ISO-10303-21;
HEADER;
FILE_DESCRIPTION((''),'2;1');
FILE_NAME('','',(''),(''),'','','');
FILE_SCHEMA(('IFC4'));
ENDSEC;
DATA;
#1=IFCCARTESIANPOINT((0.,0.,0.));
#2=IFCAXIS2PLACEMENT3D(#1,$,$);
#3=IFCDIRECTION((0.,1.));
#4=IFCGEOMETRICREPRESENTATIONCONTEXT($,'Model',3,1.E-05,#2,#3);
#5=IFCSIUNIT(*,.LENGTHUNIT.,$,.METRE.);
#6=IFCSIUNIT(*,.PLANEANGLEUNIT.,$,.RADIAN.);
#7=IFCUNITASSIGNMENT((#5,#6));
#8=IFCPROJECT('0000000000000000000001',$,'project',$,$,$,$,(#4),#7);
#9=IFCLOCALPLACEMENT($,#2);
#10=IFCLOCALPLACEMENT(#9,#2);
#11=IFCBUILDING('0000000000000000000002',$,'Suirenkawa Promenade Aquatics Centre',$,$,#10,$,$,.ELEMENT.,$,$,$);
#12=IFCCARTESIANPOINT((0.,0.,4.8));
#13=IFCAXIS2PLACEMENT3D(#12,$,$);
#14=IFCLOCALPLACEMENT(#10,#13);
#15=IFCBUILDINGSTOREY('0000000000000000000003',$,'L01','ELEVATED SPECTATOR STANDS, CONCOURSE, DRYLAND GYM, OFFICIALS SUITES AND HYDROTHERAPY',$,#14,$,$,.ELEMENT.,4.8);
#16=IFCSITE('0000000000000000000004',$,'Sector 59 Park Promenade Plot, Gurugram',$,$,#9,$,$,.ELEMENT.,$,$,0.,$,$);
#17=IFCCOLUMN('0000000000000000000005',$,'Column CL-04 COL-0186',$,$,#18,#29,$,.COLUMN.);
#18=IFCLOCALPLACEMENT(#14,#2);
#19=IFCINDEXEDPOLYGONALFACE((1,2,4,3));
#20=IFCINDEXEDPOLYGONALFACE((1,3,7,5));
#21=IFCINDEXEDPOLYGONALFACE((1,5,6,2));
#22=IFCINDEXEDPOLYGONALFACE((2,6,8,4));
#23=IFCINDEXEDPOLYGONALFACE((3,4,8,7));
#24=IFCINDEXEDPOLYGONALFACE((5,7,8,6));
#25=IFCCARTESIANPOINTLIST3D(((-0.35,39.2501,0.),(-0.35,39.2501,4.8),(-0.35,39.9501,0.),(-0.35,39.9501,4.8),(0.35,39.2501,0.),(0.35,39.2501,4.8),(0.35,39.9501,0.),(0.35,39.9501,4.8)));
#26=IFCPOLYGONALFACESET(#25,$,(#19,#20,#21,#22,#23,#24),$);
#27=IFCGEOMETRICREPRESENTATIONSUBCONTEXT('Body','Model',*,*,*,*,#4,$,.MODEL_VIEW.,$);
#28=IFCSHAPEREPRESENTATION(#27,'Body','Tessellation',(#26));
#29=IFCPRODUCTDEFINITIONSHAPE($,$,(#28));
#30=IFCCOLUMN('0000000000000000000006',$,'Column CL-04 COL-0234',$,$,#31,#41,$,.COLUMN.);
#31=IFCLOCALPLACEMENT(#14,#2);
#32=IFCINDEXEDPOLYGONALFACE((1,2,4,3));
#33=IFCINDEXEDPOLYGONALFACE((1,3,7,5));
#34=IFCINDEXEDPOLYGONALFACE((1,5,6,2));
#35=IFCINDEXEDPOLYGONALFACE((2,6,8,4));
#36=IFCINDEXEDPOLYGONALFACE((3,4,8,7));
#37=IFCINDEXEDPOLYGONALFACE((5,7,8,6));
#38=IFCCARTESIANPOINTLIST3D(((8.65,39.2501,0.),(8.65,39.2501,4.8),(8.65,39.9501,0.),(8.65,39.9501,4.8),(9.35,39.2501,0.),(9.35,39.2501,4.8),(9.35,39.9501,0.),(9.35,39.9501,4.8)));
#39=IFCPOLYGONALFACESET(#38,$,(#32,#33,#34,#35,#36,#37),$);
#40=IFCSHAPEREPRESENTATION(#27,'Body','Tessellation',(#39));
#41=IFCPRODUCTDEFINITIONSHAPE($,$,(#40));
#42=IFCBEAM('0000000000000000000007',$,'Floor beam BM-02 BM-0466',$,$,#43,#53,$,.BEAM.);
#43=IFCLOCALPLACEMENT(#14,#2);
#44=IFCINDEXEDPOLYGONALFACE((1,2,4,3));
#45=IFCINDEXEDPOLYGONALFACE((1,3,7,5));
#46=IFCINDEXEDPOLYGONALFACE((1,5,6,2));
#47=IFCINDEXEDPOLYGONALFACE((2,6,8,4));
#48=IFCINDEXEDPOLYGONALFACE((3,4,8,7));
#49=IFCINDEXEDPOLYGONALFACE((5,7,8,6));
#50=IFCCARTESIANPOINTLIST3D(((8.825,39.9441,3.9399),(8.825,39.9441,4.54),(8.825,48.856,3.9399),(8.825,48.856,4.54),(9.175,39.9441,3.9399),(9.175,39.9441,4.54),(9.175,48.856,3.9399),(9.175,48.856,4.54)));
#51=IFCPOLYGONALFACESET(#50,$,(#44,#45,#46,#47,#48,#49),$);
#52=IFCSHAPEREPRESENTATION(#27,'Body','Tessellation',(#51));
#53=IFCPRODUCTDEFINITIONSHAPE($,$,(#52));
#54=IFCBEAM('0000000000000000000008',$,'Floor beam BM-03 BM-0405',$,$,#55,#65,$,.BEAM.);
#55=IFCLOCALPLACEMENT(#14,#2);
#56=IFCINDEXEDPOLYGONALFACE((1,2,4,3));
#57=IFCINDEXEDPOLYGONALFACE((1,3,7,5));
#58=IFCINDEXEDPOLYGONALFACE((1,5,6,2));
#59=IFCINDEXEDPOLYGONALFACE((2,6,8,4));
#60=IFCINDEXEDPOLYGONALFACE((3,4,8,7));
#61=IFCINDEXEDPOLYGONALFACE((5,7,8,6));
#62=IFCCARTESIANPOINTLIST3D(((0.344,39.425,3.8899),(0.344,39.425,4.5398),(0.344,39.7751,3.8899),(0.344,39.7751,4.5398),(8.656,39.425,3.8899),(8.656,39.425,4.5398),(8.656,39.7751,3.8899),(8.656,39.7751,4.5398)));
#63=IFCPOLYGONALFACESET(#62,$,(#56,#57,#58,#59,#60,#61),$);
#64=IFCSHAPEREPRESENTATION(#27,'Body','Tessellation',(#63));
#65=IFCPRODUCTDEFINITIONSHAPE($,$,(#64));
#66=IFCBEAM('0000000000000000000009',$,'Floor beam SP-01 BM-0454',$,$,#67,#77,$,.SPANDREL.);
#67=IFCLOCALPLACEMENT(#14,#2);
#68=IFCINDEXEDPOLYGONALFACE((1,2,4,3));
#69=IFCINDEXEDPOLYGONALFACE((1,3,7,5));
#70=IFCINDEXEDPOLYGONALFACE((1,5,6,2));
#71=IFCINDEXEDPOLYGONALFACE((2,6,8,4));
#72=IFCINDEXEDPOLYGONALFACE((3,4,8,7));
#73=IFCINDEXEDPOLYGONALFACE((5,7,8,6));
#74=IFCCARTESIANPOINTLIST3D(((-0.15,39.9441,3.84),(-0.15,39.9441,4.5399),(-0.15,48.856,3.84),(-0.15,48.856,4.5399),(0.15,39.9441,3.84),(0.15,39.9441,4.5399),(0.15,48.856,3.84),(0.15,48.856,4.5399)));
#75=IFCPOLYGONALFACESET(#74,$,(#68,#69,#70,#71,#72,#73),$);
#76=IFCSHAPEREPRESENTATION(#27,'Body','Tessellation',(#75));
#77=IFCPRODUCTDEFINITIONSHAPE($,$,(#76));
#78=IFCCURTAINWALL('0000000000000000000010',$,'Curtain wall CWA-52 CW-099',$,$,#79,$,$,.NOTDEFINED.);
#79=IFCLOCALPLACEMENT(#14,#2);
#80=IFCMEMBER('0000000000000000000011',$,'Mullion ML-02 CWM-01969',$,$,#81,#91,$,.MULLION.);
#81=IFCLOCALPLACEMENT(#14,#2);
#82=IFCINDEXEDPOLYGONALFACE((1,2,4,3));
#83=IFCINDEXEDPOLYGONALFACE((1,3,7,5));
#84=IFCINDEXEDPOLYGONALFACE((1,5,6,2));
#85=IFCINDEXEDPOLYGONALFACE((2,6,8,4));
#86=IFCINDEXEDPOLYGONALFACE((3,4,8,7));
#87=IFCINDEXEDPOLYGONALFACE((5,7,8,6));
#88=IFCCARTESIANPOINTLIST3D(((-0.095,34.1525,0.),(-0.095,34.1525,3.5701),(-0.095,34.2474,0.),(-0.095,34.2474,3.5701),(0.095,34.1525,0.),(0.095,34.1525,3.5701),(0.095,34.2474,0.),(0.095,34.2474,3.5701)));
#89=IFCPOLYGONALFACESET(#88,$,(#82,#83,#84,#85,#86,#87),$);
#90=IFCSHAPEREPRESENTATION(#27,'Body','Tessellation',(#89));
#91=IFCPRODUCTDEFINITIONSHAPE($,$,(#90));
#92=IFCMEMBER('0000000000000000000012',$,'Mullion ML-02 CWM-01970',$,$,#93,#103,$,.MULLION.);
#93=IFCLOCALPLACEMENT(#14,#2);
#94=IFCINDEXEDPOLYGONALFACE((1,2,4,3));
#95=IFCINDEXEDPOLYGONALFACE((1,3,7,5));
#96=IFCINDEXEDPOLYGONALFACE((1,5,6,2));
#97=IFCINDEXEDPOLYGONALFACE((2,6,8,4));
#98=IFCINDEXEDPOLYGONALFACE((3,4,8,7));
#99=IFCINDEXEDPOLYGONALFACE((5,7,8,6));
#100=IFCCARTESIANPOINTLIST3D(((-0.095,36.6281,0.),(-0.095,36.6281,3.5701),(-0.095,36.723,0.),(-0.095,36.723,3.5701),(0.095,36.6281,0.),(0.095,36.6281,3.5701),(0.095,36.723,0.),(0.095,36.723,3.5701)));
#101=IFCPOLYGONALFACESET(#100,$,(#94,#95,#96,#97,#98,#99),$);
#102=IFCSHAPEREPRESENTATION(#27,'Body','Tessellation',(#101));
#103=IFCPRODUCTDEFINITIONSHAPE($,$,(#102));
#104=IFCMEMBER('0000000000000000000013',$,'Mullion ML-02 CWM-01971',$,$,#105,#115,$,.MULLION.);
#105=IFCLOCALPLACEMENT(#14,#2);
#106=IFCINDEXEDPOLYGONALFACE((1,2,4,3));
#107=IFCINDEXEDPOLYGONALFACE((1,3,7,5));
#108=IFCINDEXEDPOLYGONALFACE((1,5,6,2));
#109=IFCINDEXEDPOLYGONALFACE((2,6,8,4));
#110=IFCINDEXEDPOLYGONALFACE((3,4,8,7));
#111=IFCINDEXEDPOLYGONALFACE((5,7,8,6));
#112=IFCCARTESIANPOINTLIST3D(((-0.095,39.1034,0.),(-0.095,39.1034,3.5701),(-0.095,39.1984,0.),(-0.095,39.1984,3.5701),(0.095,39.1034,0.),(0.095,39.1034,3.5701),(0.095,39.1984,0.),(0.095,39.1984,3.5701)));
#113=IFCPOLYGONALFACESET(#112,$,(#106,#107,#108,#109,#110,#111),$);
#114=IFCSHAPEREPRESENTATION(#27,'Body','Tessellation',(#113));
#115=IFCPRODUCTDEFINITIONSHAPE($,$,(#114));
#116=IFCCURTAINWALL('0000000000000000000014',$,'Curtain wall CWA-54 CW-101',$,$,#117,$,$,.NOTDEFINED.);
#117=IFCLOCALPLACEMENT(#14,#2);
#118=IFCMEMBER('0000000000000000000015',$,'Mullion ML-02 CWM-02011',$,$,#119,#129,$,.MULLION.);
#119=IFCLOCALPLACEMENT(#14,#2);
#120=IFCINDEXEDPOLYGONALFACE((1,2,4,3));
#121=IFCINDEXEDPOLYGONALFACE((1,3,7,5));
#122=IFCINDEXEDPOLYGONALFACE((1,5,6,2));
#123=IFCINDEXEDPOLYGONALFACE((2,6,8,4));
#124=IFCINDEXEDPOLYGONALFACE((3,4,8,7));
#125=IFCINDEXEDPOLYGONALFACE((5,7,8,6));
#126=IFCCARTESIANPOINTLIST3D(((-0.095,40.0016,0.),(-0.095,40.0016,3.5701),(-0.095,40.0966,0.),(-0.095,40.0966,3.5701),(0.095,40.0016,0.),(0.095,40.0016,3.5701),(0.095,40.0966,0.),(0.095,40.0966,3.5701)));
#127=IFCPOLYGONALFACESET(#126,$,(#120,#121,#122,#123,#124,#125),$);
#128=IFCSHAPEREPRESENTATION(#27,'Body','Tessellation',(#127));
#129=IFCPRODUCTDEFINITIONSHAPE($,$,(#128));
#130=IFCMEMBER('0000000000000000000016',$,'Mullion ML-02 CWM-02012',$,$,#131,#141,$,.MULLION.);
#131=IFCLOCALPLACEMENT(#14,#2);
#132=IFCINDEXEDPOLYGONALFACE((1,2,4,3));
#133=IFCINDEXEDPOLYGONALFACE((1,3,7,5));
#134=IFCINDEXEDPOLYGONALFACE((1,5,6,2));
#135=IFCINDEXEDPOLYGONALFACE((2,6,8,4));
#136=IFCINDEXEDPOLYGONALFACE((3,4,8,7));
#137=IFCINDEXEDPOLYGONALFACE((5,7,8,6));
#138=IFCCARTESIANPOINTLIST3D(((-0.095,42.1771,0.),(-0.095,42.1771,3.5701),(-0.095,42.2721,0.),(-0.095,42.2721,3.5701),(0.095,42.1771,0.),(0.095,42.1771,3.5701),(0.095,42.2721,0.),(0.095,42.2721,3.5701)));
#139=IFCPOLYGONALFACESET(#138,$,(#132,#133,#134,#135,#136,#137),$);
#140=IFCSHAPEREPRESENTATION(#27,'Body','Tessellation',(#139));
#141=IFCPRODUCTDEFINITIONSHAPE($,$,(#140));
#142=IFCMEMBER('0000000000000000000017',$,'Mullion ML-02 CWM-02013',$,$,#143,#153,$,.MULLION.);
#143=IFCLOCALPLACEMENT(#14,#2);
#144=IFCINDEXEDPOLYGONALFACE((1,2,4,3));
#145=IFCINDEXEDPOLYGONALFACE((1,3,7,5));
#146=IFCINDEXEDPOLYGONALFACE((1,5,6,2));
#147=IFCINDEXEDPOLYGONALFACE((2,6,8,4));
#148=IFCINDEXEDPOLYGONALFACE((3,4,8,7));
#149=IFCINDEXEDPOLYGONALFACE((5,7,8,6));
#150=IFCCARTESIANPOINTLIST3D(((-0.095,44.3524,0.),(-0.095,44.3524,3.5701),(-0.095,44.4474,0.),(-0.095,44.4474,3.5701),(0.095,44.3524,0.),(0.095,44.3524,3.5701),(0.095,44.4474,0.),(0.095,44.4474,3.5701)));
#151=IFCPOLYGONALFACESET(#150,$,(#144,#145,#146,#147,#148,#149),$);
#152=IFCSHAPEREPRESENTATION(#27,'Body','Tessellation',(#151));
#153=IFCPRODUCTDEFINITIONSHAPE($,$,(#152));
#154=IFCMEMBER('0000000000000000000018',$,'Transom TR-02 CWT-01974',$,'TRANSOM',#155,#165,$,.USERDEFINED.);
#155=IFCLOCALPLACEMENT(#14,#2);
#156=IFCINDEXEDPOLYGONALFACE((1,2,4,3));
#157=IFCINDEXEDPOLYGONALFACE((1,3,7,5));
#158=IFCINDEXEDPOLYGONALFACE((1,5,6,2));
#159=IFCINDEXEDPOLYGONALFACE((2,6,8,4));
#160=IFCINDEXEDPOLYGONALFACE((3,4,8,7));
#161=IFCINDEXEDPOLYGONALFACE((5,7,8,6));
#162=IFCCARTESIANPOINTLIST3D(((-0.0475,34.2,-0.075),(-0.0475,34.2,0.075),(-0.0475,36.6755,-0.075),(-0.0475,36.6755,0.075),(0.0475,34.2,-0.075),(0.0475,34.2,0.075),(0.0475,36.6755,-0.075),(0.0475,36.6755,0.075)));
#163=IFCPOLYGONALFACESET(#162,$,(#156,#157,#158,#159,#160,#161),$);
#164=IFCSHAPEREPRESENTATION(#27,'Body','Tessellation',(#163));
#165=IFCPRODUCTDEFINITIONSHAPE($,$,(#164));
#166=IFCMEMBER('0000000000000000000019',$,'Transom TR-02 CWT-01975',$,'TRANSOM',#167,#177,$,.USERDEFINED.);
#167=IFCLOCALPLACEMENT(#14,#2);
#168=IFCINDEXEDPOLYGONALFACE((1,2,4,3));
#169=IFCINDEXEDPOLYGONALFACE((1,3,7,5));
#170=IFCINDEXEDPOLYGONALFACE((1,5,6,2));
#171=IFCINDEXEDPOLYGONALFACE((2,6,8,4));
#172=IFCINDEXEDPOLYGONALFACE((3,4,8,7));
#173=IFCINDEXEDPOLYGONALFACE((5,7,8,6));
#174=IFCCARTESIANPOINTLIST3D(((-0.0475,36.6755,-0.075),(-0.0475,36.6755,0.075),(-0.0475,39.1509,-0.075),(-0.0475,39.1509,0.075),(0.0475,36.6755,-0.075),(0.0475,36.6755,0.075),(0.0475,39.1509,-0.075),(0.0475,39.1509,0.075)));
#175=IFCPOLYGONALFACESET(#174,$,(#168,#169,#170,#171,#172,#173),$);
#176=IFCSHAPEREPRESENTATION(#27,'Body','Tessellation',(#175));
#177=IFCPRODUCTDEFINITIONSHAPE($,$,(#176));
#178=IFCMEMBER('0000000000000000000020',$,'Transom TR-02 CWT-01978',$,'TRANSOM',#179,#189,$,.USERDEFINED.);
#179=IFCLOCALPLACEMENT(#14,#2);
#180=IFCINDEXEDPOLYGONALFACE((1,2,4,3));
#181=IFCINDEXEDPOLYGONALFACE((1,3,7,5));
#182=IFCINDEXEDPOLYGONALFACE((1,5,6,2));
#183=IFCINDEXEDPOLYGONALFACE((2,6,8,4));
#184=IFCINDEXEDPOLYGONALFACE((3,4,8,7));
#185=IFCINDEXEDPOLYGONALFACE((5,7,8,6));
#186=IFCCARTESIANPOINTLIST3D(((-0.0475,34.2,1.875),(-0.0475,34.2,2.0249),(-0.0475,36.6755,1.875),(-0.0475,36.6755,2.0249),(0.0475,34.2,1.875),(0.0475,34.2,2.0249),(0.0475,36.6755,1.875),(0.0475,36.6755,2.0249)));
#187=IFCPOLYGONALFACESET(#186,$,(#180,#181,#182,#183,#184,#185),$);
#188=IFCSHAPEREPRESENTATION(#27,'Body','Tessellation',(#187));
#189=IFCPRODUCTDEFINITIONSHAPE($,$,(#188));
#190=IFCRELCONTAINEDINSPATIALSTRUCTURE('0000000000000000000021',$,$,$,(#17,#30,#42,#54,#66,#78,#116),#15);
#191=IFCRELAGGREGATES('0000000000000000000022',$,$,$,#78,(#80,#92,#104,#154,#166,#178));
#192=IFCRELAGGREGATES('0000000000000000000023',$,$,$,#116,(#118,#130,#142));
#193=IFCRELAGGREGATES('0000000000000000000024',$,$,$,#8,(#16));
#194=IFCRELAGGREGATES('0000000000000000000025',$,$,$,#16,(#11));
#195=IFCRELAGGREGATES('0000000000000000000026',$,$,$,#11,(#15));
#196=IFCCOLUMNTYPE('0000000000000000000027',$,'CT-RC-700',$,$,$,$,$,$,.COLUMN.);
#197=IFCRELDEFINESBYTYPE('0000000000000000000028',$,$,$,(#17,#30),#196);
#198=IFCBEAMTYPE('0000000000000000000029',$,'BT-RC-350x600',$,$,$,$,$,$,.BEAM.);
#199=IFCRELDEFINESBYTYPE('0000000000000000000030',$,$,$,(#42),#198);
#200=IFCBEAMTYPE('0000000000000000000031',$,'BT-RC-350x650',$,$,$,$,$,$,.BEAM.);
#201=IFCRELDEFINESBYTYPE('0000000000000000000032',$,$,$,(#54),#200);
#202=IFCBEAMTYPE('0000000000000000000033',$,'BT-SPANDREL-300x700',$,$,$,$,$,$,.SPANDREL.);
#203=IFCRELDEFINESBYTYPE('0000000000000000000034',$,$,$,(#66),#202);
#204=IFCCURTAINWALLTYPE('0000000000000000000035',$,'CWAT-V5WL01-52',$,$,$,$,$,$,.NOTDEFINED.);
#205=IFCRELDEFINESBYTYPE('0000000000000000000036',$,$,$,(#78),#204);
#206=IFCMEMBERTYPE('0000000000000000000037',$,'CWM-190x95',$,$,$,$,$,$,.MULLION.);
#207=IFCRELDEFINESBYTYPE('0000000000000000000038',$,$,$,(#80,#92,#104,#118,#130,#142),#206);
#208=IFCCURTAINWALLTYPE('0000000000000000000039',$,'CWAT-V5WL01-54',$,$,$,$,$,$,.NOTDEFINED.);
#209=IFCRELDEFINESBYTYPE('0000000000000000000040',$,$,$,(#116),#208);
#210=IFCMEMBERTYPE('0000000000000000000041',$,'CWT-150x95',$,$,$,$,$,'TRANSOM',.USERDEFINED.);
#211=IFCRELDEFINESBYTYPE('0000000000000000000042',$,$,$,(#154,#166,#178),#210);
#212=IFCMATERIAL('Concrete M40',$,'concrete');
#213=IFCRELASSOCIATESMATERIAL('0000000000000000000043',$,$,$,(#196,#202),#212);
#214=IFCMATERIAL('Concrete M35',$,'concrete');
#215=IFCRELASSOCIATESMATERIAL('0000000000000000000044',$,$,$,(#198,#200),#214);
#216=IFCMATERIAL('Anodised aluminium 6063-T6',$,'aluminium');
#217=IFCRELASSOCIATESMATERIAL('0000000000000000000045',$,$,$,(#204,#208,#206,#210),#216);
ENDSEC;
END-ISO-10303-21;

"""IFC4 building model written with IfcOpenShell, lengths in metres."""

from ifc_helpers import new_model, si_unit, direction, frame, origin, origin_2d, place, context, subcontext, project, spatial, rectangle, extrude, material, material_profile, profile_set, type_object, element, aggregate, save


model = new_model("IFC4")

# Units and contexts
model_context = context("Model", 3, precision=1e-05, world=origin(), true_north=direction((0.0, 1.0)))
body_context = subcontext(model_context, "Body", "Model", "MODEL_VIEW")
ifc_project = project(units=[si_unit("LENGTHUNIT", "METRE"), si_unit("PLANEANGLEUNIT", "RADIAN")], contexts=[model_context])

# Site, building, storey
site_placement = place(None, origin())
site = spatial("IfcSite", under=ifc_project, at=site_placement, Name="Sector 59 Park Promenade Plot, Gurugram", CompositionType="ELEMENT", RefElevation=0.0)
building_placement = place(site_placement, origin())
building = spatial("IfcBuilding", under=site, at=building_placement, Name="Suirenkawa Promenade Aquatics Centre", CompositionType="ELEMENT")
storey_placement = place(building_placement, frame((0.0, 0.0, 4.8)))
storey = spatial("IfcBuildingStorey", under=building, at=storey_placement, Name="L01", Description="ELEVATED SPECTATOR STANDS, CONCOURSE, DRYLAND GYM, OFFICIALS SUITES AND HYDROTHERAPY", CompositionType="ELEMENT", Elevation=4.8)

# Columns
ifc_material_1 = material(Name="Concrete M40", Category="concrete")
ifc_material_profile_1 = material_profile(ifc_material_1, rectangle(XDim=0.7, YDim=0.7, at=origin_2d()), Name="RC COL 700x700", Category="concrete")
ifc_profile_set_1 = profile_set([ifc_material_profile_1], Name="Concrete M40")
column_type = type_object("IfcColumnType", Name="CT-RC-700", PredefinedType="COLUMN", material=ifc_profile_set_1)
for number, where, z_axis, x_axis, name in (
    (1, (0.0, 39.6001, 0.0), (0.0, 0.0, 1.0), (1.0, 0.0, 0.0), "Column CL-04 COL-0186"),
    (2, (9.0, 39.6001, 0.0), (0.0, 0.0, 1.0), (1.0, 0.0, 0.0), "Column CL-04 COL-0234"),
):
    element("IfcColumn", number, at=place(storey_placement, frame(where, z_axis=z_axis, x_axis=x_axis)), inside=storey, type_object=column_type, Name=name, PredefinedType="COLUMN", context=body_context, shape_type="SweptSolid", body=[
        extrude(rectangle(XDim=0.7, YDim=0.7, at=origin_2d()), origin(), (0.0, 0.0, 1.0), 4.8),
    ])

# Beams
ifc_material_2 = material(Name="Concrete M35", Category="concrete")
ifc_material_profile_2 = material_profile(ifc_material_2, rectangle(XDim=0.3501, YDim=0.6001, at=origin_2d()), Name="RC BM 350x600", Category="concrete")
ifc_profile_set_2 = profile_set([ifc_material_profile_2], Name="Concrete M35")
beam_type_1 = type_object("IfcBeamType", Name="BT-RC-350x600", PredefinedType="BEAM", material=ifc_profile_set_2)
beam_1_placement = place(storey_placement, frame((9.0, 39.9441, 4.24), z_axis=(0.0, 1.0, 0.0), x_axis=(-1.0, 0.0, 0.0)))
element("IfcBeam", 3, at=beam_1_placement, inside=storey, type_object=beam_type_1, Name="Floor beam BM-02 BM-0466", PredefinedType="BEAM", context=body_context, shape_type="SweptSolid", body=[
    extrude(rectangle(XDim=0.3501, YDim=0.6001, at=origin_2d()), origin(), (0.0, 0.0, 1.0), 8.9119),
])
ifc_material_profile_3 = material_profile(ifc_material_2, rectangle(XDim=0.3501, YDim=0.6499, at=origin_2d()), Name="RC BM 350x650", Category="concrete")
ifc_profile_set_3 = profile_set([ifc_material_profile_3], Name="Concrete M35")
beam_type_2 = type_object("IfcBeamType", Name="BT-RC-350x650", PredefinedType="BEAM", material=ifc_profile_set_3)
beam_2_placement = place(storey_placement, frame((0.344, 39.6001, 4.2148), z_axis=(1.0, 0.0, 0.0), x_axis=(0.0, 1.0, 0.0)))
element("IfcBeam", 4, at=beam_2_placement, inside=storey, type_object=beam_type_2, Name="Floor beam BM-03 BM-0405", PredefinedType="BEAM", context=body_context, shape_type="SweptSolid", body=[
    extrude(rectangle(XDim=0.3501, YDim=0.6499, at=origin_2d()), origin(), (0.0, 0.0, 1.0), 8.312),
])
ifc_material_profile_4 = material_profile(ifc_material_1, rectangle(XDim=0.3, YDim=0.7, at=origin_2d()), Name="RC SPANDREL 300x700", Category="concrete")
ifc_profile_set_4 = profile_set([ifc_material_profile_4], Name="Concrete M40")
beam_type_3 = type_object("IfcBeamType", Name="BT-SPANDREL-300x700", PredefinedType="SPANDREL", material=ifc_profile_set_4)
beam_3_placement = place(storey_placement, frame((0.0, 39.9441, 4.1899), z_axis=(0.0, 1.0, 0.0), x_axis=(-1.0, 0.0, 0.0)))
element("IfcBeam", 5, at=beam_3_placement, inside=storey, type_object=beam_type_3, Name="Floor beam SP-01 BM-0454", PredefinedType="SPANDREL", context=body_context, shape_type="SweptSolid", body=[
    extrude(rectangle(XDim=0.3, YDim=0.7, at=origin_2d()), origin(), (0.0, 0.0, 1.0), 8.9119),
])

# Curtain walls, members
ifc_material_3 = material(Name="Anodised aluminium 6063-T6", Category="aluminium")
curtain_wall_type_1 = type_object("IfcCurtainWallType", Name="CWAT-V5WL01-52", PredefinedType="NOTDEFINED", material=ifc_material_3)
curtain_wall_1_placement = place(storey_placement, origin())
curtain_wall_1 = element("IfcCurtainWall", 6, at=curtain_wall_1_placement, inside=storey, type_object=curtain_wall_type_1, Name="Curtain wall CWA-52 CW-099", PredefinedType="NOTDEFINED")
ifc_material_profile_5 = material_profile(ifc_material_3, rectangle(XDim=0.095, YDim=0.1899, at=origin_2d()), Name="ALU MULL 95x190", Category="aluminium")
ifc_profile_set_5 = profile_set([ifc_material_profile_5], Name="Anodised aluminium 6063-T6")
member_type_1 = type_object("IfcMemberType", Name="CWM-190x95", PredefinedType="MULLION", material=ifc_profile_set_5)
member_1_placement = place(storey_placement, frame((0.0, 34.2, 0.0), z_axis=(0.0, 0.0, 1.0), x_axis=(0.0, 1.0, 0.0)))
member_1 = element("IfcMember", 7, at=member_1_placement, type_object=member_type_1, Name="Mullion ML-02 CWM-01969", PredefinedType="MULLION", context=body_context, shape_type="SweptSolid", body=[
    extrude(rectangle(XDim=0.095, YDim=0.1899, at=origin_2d()), origin(), (0.0, 0.0, 1.0), 3.5701),
])
member_2_placement = place(storey_placement, frame((0.0, 36.6755, 0.0), z_axis=(0.0, 0.0, 1.0), x_axis=(0.0, 1.0, 0.0)))
member_2 = element("IfcMember", 8, at=member_2_placement, type_object=member_type_1, Name="Mullion ML-02 CWM-01970", PredefinedType="MULLION", context=body_context, shape_type="SweptSolid", body=[
    extrude(rectangle(XDim=0.095, YDim=0.1899, at=origin_2d()), origin(), (0.0, 0.0, 1.0), 3.5701),
])
member_3_placement = place(storey_placement, frame((0.0, 39.1509, 0.0), z_axis=(0.0, 0.0, 1.0), x_axis=(0.0, 1.0, 0.0)))
member_3 = element("IfcMember", 9, at=member_3_placement, type_object=member_type_1, Name="Mullion ML-02 CWM-01971", PredefinedType="MULLION", context=body_context, shape_type="SweptSolid", body=[
    extrude(rectangle(XDim=0.095, YDim=0.1899, at=origin_2d()), origin(), (0.0, 0.0, 1.0), 3.5701),
])
curtain_wall_type_2 = type_object("IfcCurtainWallType", Name="CWAT-V5WL01-54", PredefinedType="NOTDEFINED", material=ifc_material_3)
curtain_wall_2_placement = place(storey_placement, origin())
curtain_wall_2 = element("IfcCurtainWall", 10, at=curtain_wall_2_placement, inside=storey, type_object=curtain_wall_type_2, Name="Curtain wall CWA-54 CW-101", PredefinedType="NOTDEFINED")
member_4_placement = place(storey_placement, frame((0.0, 40.0491, 0.0), z_axis=(0.0, 0.0, 1.0), x_axis=(0.0, 1.0, 0.0)))
member_4 = element("IfcMember", 11, at=member_4_placement, type_object=member_type_1, Name="Mullion ML-02 CWM-02011", PredefinedType="MULLION", context=body_context, shape_type="SweptSolid", body=[
    extrude(rectangle(XDim=0.095, YDim=0.1899, at=origin_2d()), origin(), (0.0, 0.0, 1.0), 3.5701),
])
member_5_placement = place(storey_placement, frame((0.0, 42.2246, 0.0), z_axis=(0.0, 0.0, 1.0), x_axis=(0.0, 1.0, 0.0)))
member_5 = element("IfcMember", 12, at=member_5_placement, type_object=member_type_1, Name="Mullion ML-02 CWM-02012", PredefinedType="MULLION", context=body_context, shape_type="SweptSolid", body=[
    extrude(rectangle(XDim=0.095, YDim=0.1899, at=origin_2d()), origin(), (0.0, 0.0, 1.0), 3.5701),
])
member_6_placement = place(storey_placement, frame((0.0, 44.3999, 0.0), z_axis=(0.0, 0.0, 1.0), x_axis=(0.0, 1.0, 0.0)))
member_6 = element("IfcMember", 13, at=member_6_placement, type_object=member_type_1, Name="Mullion ML-02 CWM-02013", PredefinedType="MULLION", context=body_context, shape_type="SweptSolid", body=[
    extrude(rectangle(XDim=0.095, YDim=0.1899, at=origin_2d()), origin(), (0.0, 0.0, 1.0), 3.5701),
])

# Members
ifc_material_profile_6 = material_profile(ifc_material_3, rectangle(XDim=0.095, YDim=0.1499, at=origin_2d()), Name="ALU TRAN 95x150", Category="aluminium")
ifc_profile_set_6 = profile_set([ifc_material_profile_6], Name="Anodised aluminium 6063-T6")
member_type_2 = type_object("IfcMemberType", Name="CWT-150x95", ElementType="TRANSOM", PredefinedType="USERDEFINED", material=ifc_profile_set_6)
member_7_placement = place(storey_placement, frame((0.0, 34.2, 0.0), z_axis=(0.0, 1.0, 0.0), x_axis=(-1.0, 0.0, 0.0)))
member_7 = element("IfcMember", 14, at=member_7_placement, type_object=member_type_2, Name="Transom TR-02 CWT-01974", ObjectType="TRANSOM", PredefinedType="USERDEFINED", context=body_context, shape_type="SweptSolid", body=[
    extrude(rectangle(XDim=0.095, YDim=0.1499, at=origin_2d()), origin(), (0.0, 0.0, 1.0), 2.4756),
])
member_8_placement = place(storey_placement, frame((0.0, 36.6755, 0.0), z_axis=(0.0, 1.0, 0.0), x_axis=(-1.0, 0.0, 0.0)))
member_8 = element("IfcMember", 15, at=member_8_placement, type_object=member_type_2, Name="Transom TR-02 CWT-01975", ObjectType="TRANSOM", PredefinedType="USERDEFINED", context=body_context, shape_type="SweptSolid", body=[
    extrude(rectangle(XDim=0.095, YDim=0.1499, at=origin_2d()), origin(), (0.0, 0.0, 1.0), 2.4753),
])
member_9_placement = place(storey_placement, frame((0.0, 34.2, 1.95), z_axis=(0.0, 1.0, 0.0), x_axis=(-1.0, 0.0, 0.0)))
member_9 = element("IfcMember", 16, at=member_9_placement, type_object=member_type_2, Name="Transom TR-02 CWT-01978", ObjectType="TRANSOM", PredefinedType="USERDEFINED", context=body_context, shape_type="SweptSolid", body=[
    extrude(rectangle(XDim=0.095, YDim=0.1499, at=origin_2d()), origin(), (0.0, 0.0, 1.0), 2.4756),
])

aggregate(curtain_wall_1, [member_1, member_2, member_3, member_7, member_8, member_9])
aggregate(curtain_wall_2, [member_4, member_5, member_6])

save(model, "model.ifc")
